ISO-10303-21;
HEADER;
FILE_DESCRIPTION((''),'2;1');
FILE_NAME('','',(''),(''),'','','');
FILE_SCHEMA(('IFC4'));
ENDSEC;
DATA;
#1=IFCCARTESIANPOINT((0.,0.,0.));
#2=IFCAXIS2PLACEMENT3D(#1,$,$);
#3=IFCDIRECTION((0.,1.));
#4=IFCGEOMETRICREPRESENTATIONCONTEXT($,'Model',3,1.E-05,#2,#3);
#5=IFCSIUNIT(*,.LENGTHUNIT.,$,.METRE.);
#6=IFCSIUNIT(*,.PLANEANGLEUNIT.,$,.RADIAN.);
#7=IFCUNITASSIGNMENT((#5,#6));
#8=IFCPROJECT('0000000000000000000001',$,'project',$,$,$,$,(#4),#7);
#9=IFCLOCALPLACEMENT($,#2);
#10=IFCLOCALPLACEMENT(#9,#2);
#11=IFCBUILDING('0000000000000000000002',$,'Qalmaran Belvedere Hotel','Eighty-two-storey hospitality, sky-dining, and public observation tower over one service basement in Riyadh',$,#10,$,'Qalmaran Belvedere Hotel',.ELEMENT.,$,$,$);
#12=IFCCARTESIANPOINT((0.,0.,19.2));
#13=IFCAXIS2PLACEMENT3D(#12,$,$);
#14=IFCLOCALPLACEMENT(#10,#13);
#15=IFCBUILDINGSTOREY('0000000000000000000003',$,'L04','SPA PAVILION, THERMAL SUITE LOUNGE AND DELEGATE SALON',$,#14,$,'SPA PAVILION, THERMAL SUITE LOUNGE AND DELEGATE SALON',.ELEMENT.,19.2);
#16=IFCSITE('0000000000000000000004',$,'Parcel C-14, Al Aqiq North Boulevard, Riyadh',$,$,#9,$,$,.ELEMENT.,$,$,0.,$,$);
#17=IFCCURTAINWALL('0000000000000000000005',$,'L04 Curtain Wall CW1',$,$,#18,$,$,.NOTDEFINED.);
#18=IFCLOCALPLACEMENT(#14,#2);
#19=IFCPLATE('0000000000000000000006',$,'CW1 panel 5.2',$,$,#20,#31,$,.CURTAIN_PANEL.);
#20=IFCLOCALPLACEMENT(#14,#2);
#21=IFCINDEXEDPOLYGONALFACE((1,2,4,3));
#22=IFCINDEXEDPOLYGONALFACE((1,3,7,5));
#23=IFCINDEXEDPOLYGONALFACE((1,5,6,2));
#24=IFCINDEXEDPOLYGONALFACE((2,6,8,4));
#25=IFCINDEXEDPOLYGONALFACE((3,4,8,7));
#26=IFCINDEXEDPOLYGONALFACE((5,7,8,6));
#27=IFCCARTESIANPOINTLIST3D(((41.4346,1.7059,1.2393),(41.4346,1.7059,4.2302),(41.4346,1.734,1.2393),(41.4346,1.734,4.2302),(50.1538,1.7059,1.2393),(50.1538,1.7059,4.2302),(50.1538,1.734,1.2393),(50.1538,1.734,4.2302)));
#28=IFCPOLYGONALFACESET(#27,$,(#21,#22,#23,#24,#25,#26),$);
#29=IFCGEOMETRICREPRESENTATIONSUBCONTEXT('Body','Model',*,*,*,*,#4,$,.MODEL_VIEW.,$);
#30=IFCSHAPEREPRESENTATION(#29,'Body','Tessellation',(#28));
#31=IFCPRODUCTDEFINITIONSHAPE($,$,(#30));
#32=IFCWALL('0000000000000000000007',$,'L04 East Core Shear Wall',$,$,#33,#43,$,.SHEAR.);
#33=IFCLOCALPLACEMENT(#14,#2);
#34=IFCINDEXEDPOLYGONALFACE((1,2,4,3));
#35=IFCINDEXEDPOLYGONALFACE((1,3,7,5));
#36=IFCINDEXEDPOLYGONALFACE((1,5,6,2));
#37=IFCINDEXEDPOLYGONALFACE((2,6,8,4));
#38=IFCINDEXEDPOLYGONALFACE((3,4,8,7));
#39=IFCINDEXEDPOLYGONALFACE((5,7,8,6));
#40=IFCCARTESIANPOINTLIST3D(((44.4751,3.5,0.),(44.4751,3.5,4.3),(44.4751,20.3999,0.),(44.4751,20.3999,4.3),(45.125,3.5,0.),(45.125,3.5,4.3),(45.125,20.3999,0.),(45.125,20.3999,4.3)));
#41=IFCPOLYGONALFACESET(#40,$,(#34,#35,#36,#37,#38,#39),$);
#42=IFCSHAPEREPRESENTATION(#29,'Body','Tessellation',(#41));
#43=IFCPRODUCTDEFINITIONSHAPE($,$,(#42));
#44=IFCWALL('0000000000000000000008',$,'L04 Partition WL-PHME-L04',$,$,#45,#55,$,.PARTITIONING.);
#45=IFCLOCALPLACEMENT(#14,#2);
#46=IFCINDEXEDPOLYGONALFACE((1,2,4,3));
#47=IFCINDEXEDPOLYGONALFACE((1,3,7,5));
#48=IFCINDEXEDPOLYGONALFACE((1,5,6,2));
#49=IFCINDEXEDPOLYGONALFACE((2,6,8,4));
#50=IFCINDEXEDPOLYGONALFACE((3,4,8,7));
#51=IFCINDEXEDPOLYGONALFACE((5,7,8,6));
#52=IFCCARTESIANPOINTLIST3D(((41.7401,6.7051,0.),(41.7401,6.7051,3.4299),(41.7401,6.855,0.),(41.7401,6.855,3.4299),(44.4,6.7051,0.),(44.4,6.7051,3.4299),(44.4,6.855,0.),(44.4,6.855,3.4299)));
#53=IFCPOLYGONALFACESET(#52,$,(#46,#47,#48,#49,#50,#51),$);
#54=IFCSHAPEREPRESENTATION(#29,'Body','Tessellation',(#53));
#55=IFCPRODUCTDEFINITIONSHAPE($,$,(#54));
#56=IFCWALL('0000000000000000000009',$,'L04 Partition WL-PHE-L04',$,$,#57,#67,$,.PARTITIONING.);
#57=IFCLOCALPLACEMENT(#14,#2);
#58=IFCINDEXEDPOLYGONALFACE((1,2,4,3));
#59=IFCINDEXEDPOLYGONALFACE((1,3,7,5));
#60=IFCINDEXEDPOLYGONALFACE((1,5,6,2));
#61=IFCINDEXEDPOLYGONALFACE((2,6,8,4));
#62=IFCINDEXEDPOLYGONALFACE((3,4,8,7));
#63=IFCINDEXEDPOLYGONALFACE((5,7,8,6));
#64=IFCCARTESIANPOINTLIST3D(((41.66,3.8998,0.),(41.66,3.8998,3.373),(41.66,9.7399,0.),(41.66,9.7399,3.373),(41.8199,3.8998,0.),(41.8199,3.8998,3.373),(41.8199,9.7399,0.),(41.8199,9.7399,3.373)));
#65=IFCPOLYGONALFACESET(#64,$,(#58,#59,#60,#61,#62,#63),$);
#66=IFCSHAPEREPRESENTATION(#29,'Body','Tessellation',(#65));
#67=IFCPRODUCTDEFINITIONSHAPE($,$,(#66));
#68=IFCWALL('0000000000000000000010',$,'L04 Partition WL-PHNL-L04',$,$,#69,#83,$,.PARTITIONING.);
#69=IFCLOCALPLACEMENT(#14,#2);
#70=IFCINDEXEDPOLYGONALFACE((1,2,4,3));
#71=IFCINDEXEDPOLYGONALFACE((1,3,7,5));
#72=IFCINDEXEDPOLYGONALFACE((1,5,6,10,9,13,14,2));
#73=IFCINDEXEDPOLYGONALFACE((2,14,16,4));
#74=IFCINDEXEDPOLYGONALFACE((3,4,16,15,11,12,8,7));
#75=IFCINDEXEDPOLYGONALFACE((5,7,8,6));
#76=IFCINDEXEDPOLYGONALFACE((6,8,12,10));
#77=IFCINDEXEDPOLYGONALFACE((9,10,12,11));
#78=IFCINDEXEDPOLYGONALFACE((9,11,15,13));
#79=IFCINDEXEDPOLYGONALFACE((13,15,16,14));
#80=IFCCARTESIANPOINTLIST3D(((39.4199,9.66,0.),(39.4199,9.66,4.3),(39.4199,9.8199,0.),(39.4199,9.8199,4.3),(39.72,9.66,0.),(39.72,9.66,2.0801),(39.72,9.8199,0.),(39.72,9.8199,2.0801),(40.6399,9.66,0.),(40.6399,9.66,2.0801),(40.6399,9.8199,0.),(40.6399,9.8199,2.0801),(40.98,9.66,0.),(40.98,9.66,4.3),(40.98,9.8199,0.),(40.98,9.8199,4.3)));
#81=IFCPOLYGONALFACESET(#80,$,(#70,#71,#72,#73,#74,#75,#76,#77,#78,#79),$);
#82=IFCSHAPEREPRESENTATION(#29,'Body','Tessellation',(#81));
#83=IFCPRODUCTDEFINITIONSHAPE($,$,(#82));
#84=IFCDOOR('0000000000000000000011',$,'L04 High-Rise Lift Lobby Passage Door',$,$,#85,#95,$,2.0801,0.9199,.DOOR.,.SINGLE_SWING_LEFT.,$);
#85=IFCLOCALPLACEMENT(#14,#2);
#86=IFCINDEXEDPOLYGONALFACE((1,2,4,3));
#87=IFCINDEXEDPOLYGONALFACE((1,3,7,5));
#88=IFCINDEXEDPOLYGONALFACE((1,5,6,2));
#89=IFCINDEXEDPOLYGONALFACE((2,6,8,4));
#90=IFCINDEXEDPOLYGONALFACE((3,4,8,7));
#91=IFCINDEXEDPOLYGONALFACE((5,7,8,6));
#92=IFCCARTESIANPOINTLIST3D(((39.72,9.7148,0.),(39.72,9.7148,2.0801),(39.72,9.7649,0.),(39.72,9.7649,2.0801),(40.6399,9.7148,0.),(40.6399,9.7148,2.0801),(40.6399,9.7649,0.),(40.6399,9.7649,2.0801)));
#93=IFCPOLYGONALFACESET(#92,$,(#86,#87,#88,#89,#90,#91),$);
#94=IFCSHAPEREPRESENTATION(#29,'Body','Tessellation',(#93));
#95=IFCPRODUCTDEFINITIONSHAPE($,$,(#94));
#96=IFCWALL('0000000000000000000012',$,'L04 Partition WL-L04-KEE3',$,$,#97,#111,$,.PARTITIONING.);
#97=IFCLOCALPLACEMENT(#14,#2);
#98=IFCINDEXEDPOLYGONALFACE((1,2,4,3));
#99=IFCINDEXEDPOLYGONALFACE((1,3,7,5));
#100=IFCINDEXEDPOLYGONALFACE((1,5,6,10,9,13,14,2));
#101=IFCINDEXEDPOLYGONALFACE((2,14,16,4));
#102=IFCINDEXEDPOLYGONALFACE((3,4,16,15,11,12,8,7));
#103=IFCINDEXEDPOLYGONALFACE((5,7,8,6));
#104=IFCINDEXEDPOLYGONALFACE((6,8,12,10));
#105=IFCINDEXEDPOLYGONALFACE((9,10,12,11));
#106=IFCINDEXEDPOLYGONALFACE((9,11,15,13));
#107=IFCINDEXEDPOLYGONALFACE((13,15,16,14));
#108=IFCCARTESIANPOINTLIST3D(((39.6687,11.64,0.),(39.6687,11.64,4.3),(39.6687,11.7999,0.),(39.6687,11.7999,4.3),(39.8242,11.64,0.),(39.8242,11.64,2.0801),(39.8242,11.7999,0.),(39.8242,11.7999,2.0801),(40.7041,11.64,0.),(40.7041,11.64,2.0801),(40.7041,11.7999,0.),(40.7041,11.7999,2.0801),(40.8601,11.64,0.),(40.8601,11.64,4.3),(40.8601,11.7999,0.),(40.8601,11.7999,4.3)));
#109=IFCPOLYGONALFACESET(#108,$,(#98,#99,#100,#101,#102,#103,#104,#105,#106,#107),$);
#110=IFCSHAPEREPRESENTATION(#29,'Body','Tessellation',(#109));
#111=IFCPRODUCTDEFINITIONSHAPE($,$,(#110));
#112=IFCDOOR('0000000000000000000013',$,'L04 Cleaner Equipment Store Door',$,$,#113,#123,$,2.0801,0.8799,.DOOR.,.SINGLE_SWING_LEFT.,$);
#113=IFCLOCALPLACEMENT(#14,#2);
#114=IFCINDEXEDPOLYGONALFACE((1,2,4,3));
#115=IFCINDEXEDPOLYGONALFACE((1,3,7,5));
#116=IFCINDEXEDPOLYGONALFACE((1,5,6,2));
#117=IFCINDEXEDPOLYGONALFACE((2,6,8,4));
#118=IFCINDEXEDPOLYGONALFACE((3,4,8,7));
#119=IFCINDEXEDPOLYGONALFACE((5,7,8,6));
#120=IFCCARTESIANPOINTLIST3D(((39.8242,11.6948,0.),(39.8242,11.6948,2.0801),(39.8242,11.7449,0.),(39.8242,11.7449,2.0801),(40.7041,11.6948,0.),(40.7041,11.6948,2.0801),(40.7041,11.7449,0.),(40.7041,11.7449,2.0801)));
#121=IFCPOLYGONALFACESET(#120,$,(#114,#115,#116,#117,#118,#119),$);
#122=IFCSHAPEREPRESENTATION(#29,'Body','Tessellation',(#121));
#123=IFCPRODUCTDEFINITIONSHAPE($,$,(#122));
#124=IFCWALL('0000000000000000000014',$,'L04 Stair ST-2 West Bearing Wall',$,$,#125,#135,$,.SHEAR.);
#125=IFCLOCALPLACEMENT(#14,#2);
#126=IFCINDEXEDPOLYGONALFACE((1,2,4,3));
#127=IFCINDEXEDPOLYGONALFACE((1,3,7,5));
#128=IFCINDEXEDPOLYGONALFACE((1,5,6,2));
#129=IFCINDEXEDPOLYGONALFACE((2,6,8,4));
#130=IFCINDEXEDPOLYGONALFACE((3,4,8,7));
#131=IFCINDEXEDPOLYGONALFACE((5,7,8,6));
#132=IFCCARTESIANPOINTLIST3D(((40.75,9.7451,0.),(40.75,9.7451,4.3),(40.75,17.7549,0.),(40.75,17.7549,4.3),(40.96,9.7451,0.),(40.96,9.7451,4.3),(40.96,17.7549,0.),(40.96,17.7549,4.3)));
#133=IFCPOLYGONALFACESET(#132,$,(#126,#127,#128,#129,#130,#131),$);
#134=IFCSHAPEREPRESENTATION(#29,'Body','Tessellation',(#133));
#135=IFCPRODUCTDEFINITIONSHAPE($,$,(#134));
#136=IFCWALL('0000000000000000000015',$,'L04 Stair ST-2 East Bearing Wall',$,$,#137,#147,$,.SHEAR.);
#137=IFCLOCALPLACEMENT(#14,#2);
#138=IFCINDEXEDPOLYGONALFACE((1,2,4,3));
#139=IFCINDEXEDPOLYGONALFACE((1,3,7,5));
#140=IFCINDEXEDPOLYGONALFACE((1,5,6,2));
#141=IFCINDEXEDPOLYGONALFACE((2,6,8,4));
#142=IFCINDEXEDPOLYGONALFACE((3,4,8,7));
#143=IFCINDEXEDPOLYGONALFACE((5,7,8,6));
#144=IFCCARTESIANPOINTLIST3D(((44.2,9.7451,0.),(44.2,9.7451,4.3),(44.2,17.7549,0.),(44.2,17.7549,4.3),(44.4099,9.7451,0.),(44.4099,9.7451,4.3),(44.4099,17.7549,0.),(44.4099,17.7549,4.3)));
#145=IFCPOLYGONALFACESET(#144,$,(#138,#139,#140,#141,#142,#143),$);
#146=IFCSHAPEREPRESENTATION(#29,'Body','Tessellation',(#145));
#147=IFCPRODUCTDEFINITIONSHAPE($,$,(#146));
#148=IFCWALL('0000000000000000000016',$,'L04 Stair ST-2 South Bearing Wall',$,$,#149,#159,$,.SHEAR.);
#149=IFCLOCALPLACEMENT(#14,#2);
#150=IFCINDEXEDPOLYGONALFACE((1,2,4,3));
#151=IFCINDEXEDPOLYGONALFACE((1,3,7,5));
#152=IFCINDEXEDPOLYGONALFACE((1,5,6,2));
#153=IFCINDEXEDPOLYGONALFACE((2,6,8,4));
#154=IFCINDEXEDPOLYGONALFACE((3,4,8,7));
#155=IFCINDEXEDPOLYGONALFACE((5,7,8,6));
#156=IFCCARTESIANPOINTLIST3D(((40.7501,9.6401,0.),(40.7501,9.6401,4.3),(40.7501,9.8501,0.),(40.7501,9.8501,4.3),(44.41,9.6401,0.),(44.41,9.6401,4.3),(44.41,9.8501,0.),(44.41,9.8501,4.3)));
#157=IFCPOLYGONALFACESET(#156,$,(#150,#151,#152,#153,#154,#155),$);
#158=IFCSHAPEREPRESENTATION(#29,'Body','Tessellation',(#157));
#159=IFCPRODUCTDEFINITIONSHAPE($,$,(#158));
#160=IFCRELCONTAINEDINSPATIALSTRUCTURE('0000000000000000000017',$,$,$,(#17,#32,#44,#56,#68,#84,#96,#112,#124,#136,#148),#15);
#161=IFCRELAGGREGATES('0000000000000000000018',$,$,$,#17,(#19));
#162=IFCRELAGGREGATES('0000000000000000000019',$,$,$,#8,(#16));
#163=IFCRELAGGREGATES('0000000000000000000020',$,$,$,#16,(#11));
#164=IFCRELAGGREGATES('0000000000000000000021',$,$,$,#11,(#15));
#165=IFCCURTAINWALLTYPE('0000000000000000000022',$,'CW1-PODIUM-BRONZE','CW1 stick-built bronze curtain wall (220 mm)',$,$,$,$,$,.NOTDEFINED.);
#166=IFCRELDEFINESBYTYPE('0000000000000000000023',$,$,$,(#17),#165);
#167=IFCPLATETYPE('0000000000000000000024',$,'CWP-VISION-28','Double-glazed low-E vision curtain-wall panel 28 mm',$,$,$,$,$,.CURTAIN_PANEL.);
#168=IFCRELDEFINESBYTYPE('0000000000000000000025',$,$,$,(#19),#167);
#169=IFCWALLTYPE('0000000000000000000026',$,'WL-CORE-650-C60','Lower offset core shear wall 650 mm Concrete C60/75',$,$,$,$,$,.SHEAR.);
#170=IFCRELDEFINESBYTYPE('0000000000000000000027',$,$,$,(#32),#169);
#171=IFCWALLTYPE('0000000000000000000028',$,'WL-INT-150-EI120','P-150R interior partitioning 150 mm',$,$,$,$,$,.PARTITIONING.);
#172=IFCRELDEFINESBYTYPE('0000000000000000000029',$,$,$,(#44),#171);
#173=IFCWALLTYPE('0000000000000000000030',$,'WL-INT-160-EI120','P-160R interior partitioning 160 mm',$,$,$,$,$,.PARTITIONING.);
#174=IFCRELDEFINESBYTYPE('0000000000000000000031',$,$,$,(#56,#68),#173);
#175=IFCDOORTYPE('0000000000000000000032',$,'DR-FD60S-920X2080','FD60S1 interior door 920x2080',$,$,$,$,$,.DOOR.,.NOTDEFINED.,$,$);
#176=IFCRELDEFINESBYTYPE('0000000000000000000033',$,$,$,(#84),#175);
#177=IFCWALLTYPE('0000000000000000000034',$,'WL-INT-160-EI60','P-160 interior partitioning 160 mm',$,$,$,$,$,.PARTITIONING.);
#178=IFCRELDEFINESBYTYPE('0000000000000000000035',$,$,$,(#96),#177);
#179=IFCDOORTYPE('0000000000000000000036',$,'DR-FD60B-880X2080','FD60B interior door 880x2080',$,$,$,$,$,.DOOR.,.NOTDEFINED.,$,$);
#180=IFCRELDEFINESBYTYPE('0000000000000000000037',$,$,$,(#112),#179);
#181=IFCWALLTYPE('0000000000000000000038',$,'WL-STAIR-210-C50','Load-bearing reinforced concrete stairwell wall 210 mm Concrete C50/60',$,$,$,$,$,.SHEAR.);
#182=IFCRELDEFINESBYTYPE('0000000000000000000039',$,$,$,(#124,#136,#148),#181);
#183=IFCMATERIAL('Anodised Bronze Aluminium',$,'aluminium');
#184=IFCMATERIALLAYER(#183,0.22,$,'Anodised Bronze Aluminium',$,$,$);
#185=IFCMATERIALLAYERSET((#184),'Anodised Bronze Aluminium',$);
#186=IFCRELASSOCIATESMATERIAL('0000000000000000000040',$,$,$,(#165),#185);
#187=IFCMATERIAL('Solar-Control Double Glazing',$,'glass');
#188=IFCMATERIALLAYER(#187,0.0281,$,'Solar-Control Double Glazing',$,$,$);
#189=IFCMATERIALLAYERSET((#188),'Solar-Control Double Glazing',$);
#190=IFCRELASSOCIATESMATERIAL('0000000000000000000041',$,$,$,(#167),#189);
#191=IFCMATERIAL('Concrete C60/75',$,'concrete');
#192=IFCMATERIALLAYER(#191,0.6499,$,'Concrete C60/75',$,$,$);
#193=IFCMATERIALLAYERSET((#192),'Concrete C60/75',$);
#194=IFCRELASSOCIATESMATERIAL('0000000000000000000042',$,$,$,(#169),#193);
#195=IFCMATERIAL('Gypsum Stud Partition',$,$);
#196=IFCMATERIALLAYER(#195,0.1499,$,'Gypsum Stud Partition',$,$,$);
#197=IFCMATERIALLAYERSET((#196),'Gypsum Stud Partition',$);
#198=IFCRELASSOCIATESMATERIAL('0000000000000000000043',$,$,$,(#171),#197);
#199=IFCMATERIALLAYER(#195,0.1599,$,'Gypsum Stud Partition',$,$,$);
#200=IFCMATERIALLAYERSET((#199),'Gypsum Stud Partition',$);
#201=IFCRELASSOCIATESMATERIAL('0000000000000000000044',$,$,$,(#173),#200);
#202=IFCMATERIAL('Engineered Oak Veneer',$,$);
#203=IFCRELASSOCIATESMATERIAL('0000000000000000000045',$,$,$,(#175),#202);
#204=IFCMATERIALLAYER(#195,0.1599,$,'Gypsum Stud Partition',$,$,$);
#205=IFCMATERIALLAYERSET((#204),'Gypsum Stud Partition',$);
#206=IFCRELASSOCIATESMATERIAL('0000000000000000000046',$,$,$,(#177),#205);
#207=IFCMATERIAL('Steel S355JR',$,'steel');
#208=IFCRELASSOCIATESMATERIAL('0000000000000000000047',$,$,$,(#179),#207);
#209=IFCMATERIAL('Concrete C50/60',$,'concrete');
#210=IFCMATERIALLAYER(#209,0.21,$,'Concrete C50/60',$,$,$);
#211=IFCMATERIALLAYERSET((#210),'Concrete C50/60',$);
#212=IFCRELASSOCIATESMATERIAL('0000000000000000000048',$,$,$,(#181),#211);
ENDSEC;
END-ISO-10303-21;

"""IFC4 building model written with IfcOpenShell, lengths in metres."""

from ifc_helpers import new_model, si_unit, direction, frame, frame_2d, origin, origin_2d, place, context, subcontext, project, spatial, rectangle, extrude, material, layer, layer_set, type_object, element, fill, aggregate, save


model = new_model("IFC4")

# Units and contexts
model_context = context("Model", 3, precision=1e-05, world=origin(), true_north=direction((0.0, 1.0)))
body_context = subcontext(model_context, "Body", "Model", "MODEL_VIEW")
ifc_project = project(units=[si_unit("LENGTHUNIT", "METRE"), si_unit("PLANEANGLEUNIT", "RADIAN")], contexts=[model_context])

# Site, building, storey
site_placement = place(None, origin())
site = spatial("IfcSite", under=ifc_project, at=site_placement, Name="Parcel C-14, Al Aqiq North Boulevard, Riyadh", CompositionType="ELEMENT", RefElevation=0.0)
building_placement = place(site_placement, origin())
building = spatial("IfcBuilding", under=site, at=building_placement, Name="Qalmaran Belvedere Hotel", Description="Eighty-two-storey hospitality, sky-dining, and public observation tower over one service basement in Riyadh", LongName="Qalmaran Belvedere Hotel", CompositionType="ELEMENT")
storey_placement = place(building_placement, frame((0.0, 0.0, 19.2)))
storey = spatial("IfcBuildingStorey", under=building, at=storey_placement, Name="L04", Description="SPA PAVILION, THERMAL SUITE LOUNGE AND DELEGATE SALON", LongName="SPA PAVILION, THERMAL SUITE LOUNGE AND DELEGATE SALON", CompositionType="ELEMENT", Elevation=19.2)

# Shared definitions
ifc_material_1 = material(Name="Concrete C60/75", Category="concrete")

# Shared definitions
ifc_material_2 = material(Name="Steel S355JR", Category="steel")

# Curtain wall, plate
ifc_material_3 = material(Name="Anodised Bronze Aluminium", Category="aluminium")
ifc_layer_1 = layer(ifc_material_3, 0.22, Name="Anodised Bronze Aluminium")
ifc_layer_set_1 = layer_set([ifc_layer_1], Name="Anodised Bronze Aluminium")
curtain_wall_type = type_object("IfcCurtainWallType", Name="CW1-PODIUM-BRONZE", Description="CW1 stick-built bronze curtain wall (220 mm)", PredefinedType="NOTDEFINED", material=ifc_layer_set_1)
curtain_wall_placement = place(storey_placement, origin())
curtain_wall = element("IfcCurtainWall", 1, at=curtain_wall_placement, inside=storey, type_object=curtain_wall_type, Name="L04 Curtain Wall CW1", PredefinedType="NOTDEFINED")
ifc_material_4 = material(Name="Solar-Control Double Glazing", Category="glass")
ifc_layer_2 = layer(ifc_material_4, 0.0281, Name="Solar-Control Double Glazing")
ifc_layer_set_2 = layer_set([ifc_layer_2], Name="Solar-Control Double Glazing")
plate_type_1 = type_object("IfcPlateType", Name="CWP-VISION-28", Description="Double-glazed low-E vision curtain-wall panel 28 mm", PredefinedType="CURTAIN_PANEL", material=ifc_layer_set_2)
plate_1_placement = place(storey_placement, frame((45.7942, 1.72, 1.2393), z_axis=(0.0, 0.0, 1.0), x_axis=(1.0, 0.0, 0.0)))
plate_1 = element("IfcPlate", 2, at=plate_1_placement, type_object=plate_type_1, Name="CW1 panel 5.2", PredefinedType="CURTAIN_PANEL", context=body_context, shape_type="SweptSolid", body=[
    extrude(rectangle(XDim=8.7192, YDim=0.0281, at=origin_2d()), origin(), (0.0, 0.0, 1.0), 2.991),
])
aggregate(curtain_wall, [plate_1])

# Walls
ifc_layer_3 = layer(ifc_material_1, 0.6499, Name="Concrete C60/75")
ifc_layer_set_3 = layer_set([ifc_layer_3], Name="Concrete C60/75")
wall_type_1 = type_object("IfcWallType", Name="WL-CORE-650-C60", Description="Lower offset core shear wall 650 mm Concrete C60/75", PredefinedType="SHEAR", material=ifc_layer_set_3)
wall_1_placement = place(storey_placement, frame((44.8, 3.5, 0.0), z_axis=(0.0, 0.0, 1.0), x_axis=(0.0, 1.0, 0.0)))
element("IfcWall", 3, at=wall_1_placement, inside=storey, type_object=wall_type_1, Name="L04 East Core Shear Wall", PredefinedType="SHEAR", context=body_context, shape_type="SweptSolid", body=[
    extrude(rectangle(XDim=16.8999, YDim=0.6499, at=frame_2d((8.45, 0.0))), origin(), (0.0, 0.0, 1.0), 4.3),
])
ifc_material_5 = material(Name="Gypsum Stud Partition")
ifc_layer_4 = layer(ifc_material_5, 0.1499, Name="Gypsum Stud Partition")
ifc_layer_set_4 = layer_set([ifc_layer_4], Name="Gypsum Stud Partition")
wall_type_2 = type_object("IfcWallType", Name="WL-INT-150-EI120", Description="P-150R interior partitioning 150 mm", PredefinedType="PARTITIONING", material=ifc_layer_set_4)
wall_2_placement = place(storey_placement, frame((41.74, 6.78, 0.0), z_axis=(0.0, 0.0, 1.0), x_axis=(1.0, 0.0, 0.0)))
element("IfcWall", 4, at=wall_2_placement, inside=storey, type_object=wall_type_2, Name="L04 Partition WL-PHME-L04", PredefinedType="PARTITIONING", context=body_context, shape_type="SweptSolid", body=[
    extrude(rectangle(XDim=2.6599, YDim=0.1499, at=frame_2d((1.3301, 0.0))), origin(), (0.0, 0.0, 1.0), 3.4299),
])
ifc_layer_5 = layer(ifc_material_5, 0.1599, Name="Gypsum Stud Partition")
ifc_layer_set_5 = layer_set([ifc_layer_5], Name="Gypsum Stud Partition")
wall_type_3 = type_object("IfcWallType", Name="WL-INT-160-EI120", Description="P-160R interior partitioning 160 mm", PredefinedType="PARTITIONING", material=ifc_layer_set_5)
wall_3_placement = place(storey_placement, frame((41.74, 3.8999, 0.0), z_axis=(0.0, 0.0, 1.0), x_axis=(0.0, 1.0, 0.0)))
element("IfcWall", 5, at=wall_3_placement, inside=storey, type_object=wall_type_3, Name="L04 Partition WL-PHE-L04", PredefinedType="PARTITIONING", context=body_context, shape_type="SweptSolid", body=[
    extrude(rectangle(XDim=5.8401, YDim=0.1599, at=frame_2d((2.9199, 0.0))), origin(), (0.0, 0.0, 1.0), 3.373),
])

# Walls, openings, doors
wall_4_placement = place(storey_placement, frame((39.4199, 9.74, 0.0), z_axis=(0.0, 0.0, 1.0), x_axis=(1.0, 0.0, 0.0)))
wall_4 = element("IfcWall", 6, at=wall_4_placement, inside=storey, type_object=wall_type_3, Name="L04 Partition WL-PHNL-L04", PredefinedType="PARTITIONING", context=body_context, shape_type="SweptSolid", body=[
    extrude(rectangle(XDim=1.5601, YDim=0.1599, at=frame_2d((0.78, 0.0))), origin(), (0.0, 0.0, 1.0), 4.3),
])
opening_1_placement = place(wall_4_placement, frame((0.3, 0.0, 0.0)))
opening_1 = element("IfcOpeningElement", 7, at=opening_1_placement, cuts=wall_4, PredefinedType="OPENING", context=body_context, shape_type="SweptSolid", body=[
    extrude(rectangle(XDim=0.9199, YDim=2.0801, at=frame_2d((0.46, 1.04))), frame((0.0, 0.0898, 0.0), z_axis=(0.0, -1.0, 0.0), x_axis=(1.0, 0.0, 0.0)), (0.0, 0.0, 1.0), 0.1799),
])
ifc_material_6 = material(Name="Engineered Oak Veneer")
door_type_1 = type_object("IfcDoorType", Name="DR-FD60S-920X2080", Description="FD60S1 interior door 920x2080", OperationType="NOTDEFINED", PredefinedType="DOOR", material=ifc_material_6)
door_1_placement = place(opening_1_placement, origin())
door_1 = element("IfcDoor", 8, at=door_1_placement, inside=storey, type_object=door_type_1, Name="L04 High-Rise Lift Lobby Passage Door", OperationType="SINGLE_SWING_LEFT", OverallHeight=2.0801, OverallWidth=0.9199, PredefinedType="DOOR", context=body_context, shape_type="SweptSolid", body=[
    extrude(rectangle(XDim=0.9199, YDim=2.0801, at=frame_2d((0.46, 1.04))), frame((0.0, 0.0249, 0.0), z_axis=(0.0, -1.0, 0.0), x_axis=(1.0, 0.0, 0.0)), (0.0, 0.0, 1.0), 0.05),
])
fill(opening_1, door_1)
ifc_layer_6 = layer(ifc_material_5, 0.1599, Name="Gypsum Stud Partition")
ifc_layer_set_6 = layer_set([ifc_layer_6], Name="Gypsum Stud Partition")
wall_type_4 = type_object("IfcWallType", Name="WL-INT-160-EI60", Description="P-160 interior partitioning 160 mm", PredefinedType="PARTITIONING", material=ifc_layer_set_6)
wall_5_placement = place(storey_placement, frame((39.6687, 11.72, 0.0), z_axis=(0.0, 0.0, 1.0), x_axis=(1.0, 0.0, 0.0)))
wall_5 = element("IfcWall", 9, at=wall_5_placement, inside=storey, type_object=wall_type_4, Name="L04 Partition WL-L04-KEE3", PredefinedType="PARTITIONING", context=body_context, shape_type="SweptSolid", body=[
    extrude(rectangle(XDim=1.1914, YDim=0.1599, at=frame_2d((0.5957, 0.0))), origin(), (0.0, 0.0, 1.0), 4.3),
])
opening_2_placement = place(wall_5_placement, frame((0.1555, 0.0, 0.0)))
opening_2 = element("IfcOpeningElement", 10, at=opening_2_placement, cuts=wall_5, PredefinedType="OPENING", context=body_context, shape_type="SweptSolid", body=[
    extrude(rectangle(XDim=0.8799, YDim=2.0801, at=frame_2d((0.4399, 1.04))), frame((0.0, 0.0898, 0.0), z_axis=(0.0, -1.0, 0.0), x_axis=(1.0, 0.0, 0.0)), (0.0, 0.0, 1.0), 0.1799),
])
door_type_2 = type_object("IfcDoorType", Name="DR-FD60B-880X2080", Description="FD60B interior door 880x2080", OperationType="NOTDEFINED", PredefinedType="DOOR", material=ifc_material_2)
door_2_placement = place(opening_2_placement, origin())
door_2 = element("IfcDoor", 11, at=door_2_placement, inside=storey, type_object=door_type_2, Name="L04 Cleaner Equipment Store Door", OperationType="SINGLE_SWING_LEFT", OverallHeight=2.0801, OverallWidth=0.8799, PredefinedType="DOOR", context=body_context, shape_type="SweptSolid", body=[
    extrude(rectangle(XDim=0.8799, YDim=2.0801, at=frame_2d((0.4399, 1.04))), frame((0.0, 0.0249, 0.0), z_axis=(0.0, -1.0, 0.0), x_axis=(1.0, 0.0, 0.0)), (0.0, 0.0, 1.0), 0.05),
])
fill(opening_2, door_2)

# Walls
ifc_material_7 = material(Name="Concrete C50/60", Category="concrete")
ifc_layer_7 = layer(ifc_material_7, 0.21, Name="Concrete C50/60")
ifc_layer_set_7 = layer_set([ifc_layer_7], Name="Concrete C50/60")
wall_type_5 = type_object("IfcWallType", Name="WL-STAIR-210-C50", Description="Load-bearing reinforced concrete stairwell wall 210 mm Concrete C50/60", PredefinedType="SHEAR", material=ifc_layer_set_7)
for number, where, z_axis, x_axis, name in (
    (12, (40.855, 9.7451, 0.0), (0.0, 0.0, 1.0), (0.0, 1.0, 0.0), "L04 Stair ST-2 West Bearing Wall"),
    (13, (44.3049, 9.7451, 0.0), (0.0, 0.0, 1.0), (0.0, 1.0, 0.0), "L04 Stair ST-2 East Bearing Wall"),
):
    element("IfcWall", number, at=place(storey_placement, frame(where, z_axis=z_axis, x_axis=x_axis)), inside=storey, type_object=wall_type_5, Name=name, PredefinedType="SHEAR", context=body_context, shape_type="SweptSolid", body=[
        extrude(rectangle(XDim=8.0098, YDim=0.21, at=frame_2d((4.0049, 0.0))), origin(), (0.0, 0.0, 1.0), 4.3),
    ])
wall_6_placement = place(storey_placement, frame((40.75, 9.7451, 0.0), z_axis=(0.0, 0.0, 1.0), x_axis=(1.0, 0.0, 0.0)))
element("IfcWall", 14, at=wall_6_placement, inside=storey, type_object=wall_type_5, Name="L04 Stair ST-2 South Bearing Wall", PredefinedType="SHEAR", context=body_context, shape_type="SweptSolid", body=[
    extrude(rectangle(XDim=3.6599, YDim=0.21, at=frame_2d((1.8301, 0.0))), origin(), (0.0, 0.0, 1.0), 4.3),
])

save(model, "model.ifc")
